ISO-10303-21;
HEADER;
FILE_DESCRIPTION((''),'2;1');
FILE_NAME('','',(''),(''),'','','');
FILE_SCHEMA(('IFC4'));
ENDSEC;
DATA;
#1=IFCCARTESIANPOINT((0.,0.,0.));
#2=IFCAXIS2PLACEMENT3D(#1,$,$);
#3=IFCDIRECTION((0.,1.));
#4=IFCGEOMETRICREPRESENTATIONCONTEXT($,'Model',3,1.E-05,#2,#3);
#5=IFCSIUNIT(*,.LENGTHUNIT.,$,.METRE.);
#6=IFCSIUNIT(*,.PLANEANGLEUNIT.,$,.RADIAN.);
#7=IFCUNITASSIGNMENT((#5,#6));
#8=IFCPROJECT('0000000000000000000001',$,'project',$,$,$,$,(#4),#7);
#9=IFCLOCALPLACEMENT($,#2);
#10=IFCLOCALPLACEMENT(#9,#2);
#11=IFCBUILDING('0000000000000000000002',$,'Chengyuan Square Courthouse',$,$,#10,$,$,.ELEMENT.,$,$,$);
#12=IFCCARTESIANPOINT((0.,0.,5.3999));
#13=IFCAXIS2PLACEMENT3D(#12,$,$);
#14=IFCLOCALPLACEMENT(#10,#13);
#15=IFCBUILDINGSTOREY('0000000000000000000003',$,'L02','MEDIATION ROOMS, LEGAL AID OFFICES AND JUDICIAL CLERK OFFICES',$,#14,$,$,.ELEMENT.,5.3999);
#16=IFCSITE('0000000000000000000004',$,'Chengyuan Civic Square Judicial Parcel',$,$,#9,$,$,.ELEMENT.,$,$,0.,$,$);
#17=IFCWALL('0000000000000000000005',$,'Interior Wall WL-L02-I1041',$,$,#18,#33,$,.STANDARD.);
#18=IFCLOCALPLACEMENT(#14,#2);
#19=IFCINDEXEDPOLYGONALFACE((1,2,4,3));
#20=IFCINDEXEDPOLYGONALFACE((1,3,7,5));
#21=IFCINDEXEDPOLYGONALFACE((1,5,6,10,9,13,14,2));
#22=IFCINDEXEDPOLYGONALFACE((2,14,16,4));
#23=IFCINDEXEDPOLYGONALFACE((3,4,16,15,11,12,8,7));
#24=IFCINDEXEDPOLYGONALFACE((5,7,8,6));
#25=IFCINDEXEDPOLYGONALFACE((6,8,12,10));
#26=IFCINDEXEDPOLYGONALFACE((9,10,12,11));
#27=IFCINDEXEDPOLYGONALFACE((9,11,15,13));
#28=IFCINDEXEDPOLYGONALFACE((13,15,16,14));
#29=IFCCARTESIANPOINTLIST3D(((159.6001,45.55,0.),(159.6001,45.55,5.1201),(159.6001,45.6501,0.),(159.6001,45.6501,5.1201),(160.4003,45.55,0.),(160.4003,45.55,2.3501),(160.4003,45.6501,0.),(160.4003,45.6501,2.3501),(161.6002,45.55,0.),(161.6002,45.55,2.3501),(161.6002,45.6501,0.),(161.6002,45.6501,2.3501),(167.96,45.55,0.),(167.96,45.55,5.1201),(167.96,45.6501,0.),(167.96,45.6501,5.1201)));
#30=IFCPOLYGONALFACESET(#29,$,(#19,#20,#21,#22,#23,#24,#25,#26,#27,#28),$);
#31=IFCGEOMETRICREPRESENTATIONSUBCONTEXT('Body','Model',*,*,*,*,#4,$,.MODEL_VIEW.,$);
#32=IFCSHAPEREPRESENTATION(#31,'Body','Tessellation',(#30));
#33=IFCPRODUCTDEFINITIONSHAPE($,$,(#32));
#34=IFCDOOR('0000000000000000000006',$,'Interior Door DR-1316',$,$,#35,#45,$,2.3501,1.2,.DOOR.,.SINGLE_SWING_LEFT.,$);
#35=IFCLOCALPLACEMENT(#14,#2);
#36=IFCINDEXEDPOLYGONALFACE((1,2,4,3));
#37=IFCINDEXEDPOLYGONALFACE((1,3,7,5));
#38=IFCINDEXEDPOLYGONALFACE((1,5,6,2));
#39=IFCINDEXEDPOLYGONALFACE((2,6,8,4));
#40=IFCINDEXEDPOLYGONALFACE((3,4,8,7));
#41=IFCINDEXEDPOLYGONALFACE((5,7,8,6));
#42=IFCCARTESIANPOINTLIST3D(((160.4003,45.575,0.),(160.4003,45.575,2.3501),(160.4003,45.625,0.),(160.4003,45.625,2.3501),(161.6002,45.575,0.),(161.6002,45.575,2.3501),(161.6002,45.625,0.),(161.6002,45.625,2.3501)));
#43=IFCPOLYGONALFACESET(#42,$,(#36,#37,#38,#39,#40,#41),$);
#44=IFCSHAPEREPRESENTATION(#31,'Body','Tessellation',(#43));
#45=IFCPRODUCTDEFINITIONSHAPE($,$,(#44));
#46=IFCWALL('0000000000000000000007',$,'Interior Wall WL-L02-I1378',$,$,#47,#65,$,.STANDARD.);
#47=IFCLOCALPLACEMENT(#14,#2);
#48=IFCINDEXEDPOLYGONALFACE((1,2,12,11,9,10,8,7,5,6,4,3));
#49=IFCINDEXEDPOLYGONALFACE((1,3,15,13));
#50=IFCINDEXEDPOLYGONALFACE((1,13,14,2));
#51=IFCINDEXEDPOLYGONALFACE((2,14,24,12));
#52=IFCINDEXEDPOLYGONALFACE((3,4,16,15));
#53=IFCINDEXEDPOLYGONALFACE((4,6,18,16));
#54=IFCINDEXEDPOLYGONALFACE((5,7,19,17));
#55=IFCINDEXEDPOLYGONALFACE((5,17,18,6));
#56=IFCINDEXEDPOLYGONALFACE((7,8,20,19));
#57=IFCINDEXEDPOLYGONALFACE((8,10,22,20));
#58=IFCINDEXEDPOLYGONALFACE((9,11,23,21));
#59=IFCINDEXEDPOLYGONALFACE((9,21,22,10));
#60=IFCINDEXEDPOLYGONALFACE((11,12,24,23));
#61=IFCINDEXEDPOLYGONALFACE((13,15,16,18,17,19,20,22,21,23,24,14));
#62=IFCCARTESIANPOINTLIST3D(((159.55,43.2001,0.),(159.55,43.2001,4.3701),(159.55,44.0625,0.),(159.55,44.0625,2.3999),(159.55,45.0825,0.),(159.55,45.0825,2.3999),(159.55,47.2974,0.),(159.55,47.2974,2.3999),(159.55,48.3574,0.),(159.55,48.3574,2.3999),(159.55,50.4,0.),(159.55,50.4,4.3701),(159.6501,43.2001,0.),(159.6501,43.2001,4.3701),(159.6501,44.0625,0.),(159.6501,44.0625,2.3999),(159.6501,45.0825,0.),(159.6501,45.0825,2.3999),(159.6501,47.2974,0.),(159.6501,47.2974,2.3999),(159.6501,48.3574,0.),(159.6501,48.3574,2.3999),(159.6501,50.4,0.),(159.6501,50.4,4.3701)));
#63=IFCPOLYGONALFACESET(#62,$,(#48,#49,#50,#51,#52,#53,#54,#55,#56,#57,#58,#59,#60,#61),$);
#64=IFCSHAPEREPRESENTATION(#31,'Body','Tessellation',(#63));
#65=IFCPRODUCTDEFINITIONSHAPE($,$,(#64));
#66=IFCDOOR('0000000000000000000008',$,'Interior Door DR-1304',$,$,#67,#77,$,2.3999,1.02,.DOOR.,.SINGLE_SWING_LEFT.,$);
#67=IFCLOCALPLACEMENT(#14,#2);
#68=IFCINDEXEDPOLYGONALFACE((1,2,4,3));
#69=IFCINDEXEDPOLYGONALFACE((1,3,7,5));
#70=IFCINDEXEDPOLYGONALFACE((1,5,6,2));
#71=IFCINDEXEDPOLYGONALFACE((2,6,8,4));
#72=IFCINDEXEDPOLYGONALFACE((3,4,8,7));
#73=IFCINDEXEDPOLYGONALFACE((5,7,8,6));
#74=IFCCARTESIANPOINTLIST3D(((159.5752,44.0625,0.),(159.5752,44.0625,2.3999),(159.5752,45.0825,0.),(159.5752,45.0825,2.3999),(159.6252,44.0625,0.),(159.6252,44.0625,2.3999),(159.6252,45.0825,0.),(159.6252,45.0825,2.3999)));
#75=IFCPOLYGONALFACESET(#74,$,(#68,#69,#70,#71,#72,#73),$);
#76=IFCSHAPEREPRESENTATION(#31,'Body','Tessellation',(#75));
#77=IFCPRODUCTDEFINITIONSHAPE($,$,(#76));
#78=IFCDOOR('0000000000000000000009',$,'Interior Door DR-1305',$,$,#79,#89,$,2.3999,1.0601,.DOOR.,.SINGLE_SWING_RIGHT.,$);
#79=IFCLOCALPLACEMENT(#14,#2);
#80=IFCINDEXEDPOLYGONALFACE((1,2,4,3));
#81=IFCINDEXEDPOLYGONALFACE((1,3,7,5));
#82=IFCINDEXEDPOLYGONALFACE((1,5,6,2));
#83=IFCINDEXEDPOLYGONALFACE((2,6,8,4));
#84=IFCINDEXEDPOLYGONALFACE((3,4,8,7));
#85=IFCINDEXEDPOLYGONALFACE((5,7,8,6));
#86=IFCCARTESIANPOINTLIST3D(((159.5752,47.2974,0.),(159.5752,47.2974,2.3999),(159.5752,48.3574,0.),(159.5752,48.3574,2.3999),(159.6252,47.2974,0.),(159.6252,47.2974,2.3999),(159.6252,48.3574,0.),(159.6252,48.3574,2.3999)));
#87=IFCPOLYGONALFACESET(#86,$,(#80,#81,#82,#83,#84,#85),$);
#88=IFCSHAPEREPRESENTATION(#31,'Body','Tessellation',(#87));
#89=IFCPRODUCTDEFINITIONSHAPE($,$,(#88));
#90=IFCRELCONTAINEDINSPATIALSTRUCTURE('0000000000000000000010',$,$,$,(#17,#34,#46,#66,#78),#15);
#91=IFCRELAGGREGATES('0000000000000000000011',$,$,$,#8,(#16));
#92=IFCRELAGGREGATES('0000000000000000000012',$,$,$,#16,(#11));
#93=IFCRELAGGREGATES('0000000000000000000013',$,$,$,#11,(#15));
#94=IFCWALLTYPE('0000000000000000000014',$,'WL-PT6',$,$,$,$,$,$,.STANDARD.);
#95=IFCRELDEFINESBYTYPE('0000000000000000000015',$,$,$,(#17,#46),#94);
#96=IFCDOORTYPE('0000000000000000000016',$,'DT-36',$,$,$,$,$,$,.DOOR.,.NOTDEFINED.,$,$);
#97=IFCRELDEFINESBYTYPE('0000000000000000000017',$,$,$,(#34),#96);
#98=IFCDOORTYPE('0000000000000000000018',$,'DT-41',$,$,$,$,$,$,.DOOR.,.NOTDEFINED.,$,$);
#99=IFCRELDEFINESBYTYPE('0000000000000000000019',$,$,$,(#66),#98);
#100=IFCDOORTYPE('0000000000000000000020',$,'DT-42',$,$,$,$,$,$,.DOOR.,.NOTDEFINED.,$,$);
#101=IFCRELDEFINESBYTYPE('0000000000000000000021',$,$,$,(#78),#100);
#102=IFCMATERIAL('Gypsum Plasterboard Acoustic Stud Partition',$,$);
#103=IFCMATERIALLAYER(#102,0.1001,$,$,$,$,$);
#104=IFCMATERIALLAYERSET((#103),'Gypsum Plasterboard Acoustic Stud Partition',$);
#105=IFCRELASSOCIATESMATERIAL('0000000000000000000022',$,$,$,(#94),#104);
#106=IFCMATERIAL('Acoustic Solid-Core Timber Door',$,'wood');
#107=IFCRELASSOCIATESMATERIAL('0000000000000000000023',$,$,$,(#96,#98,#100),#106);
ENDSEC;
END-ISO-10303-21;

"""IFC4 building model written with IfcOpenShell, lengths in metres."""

from ifc_helpers import new_model, si_unit, direction, frame, frame_2d, origin, place, context, subcontext, project, spatial, rectangle, extrude, material, layer, layer_set, type_object, element, fill, save


model = new_model("IFC4")

# Units and contexts
model_context = context("Model", 3, precision=1e-05, world=origin(), true_north=direction((0.0, 1.0)))
body_context = subcontext(model_context, "Body", "Model", "MODEL_VIEW")
ifc_project = project(units=[si_unit("LENGTHUNIT", "METRE"), si_unit("PLANEANGLEUNIT", "RADIAN")], contexts=[model_context])

# Site, building, storey
site_placement = place(None, origin())
site = spatial("IfcSite", under=ifc_project, at=site_placement, Name="Chengyuan Civic Square Judicial Parcel", CompositionType="ELEMENT", RefElevation=0.0)
building_placement = place(site_placement, origin())
building = spatial("IfcBuilding", under=site, at=building_placement, Name="Chengyuan Square Courthouse", CompositionType="ELEMENT")
storey_placement = place(building_placement, frame((0.0, 0.0, 5.3999)))
storey = spatial("IfcBuildingStorey", under=building, at=storey_placement, Name="L02", Description="MEDIATION ROOMS, LEGAL AID OFFICES AND JUDICIAL CLERK OFFICES", CompositionType="ELEMENT", Elevation=5.3999)

# Shared definitions
ifc_material_1 = material(Name="Acoustic Solid-Core Timber Door", Category="wood")

# Wall, opening, door
ifc_material_2 = material(Name="Gypsum Plasterboard Acoustic Stud Partition")
ifc_layer_1 = layer(ifc_material_2, 0.1001)
ifc_layer_set_1 = layer_set([ifc_layer_1], Name="Gypsum Plasterboard Acoustic Stud Partition")
wall_type_1 = type_object("IfcWallType", Name="WL-PT6", PredefinedType="STANDARD", material=ifc_layer_set_1)
wall_1_placement = place(storey_placement, frame((159.6001, 45.6001, 0.0), z_axis=(0.0, 0.0, 1.0), x_axis=(1.0, 0.0, 0.0)))
wall_1 = element("IfcWall", 1, at=wall_1_placement, inside=storey, type_object=wall_type_1, Name="Interior Wall WL-L02-I1041", PredefinedType="STANDARD", context=body_context, shape_type="SweptSolid", body=[
    extrude(rectangle(XDim=8.3599, YDim=0.1001, at=frame_2d((4.1799, 0.0))), origin(), (0.0, 0.0, 1.0), 5.1201),
])
opening_1_placement = place(wall_1_placement, frame((0.8, 0.0, 0.0)))
opening_1 = element("IfcOpeningElement", 2, at=opening_1_placement, cuts=wall_1, PredefinedType="OPENING", context=body_context, shape_type="SweptSolid", body=[
    extrude(rectangle(XDim=1.2, YDim=2.3501, at=frame_2d((0.6001, 1.175))), frame((0.0, 0.062, 0.0), z_axis=(0.0, -1.0, 0.0), x_axis=(1.0, 0.0, 0.0)), (0.0, 0.0, 1.0), 0.124),
])
door_type_1 = type_object("IfcDoorType", Name="DT-36", OperationType="NOTDEFINED", PredefinedType="DOOR", material=ifc_material_1)
door_1_placement = place(opening_1_placement, origin())
door_1 = element("IfcDoor", 3, at=door_1_placement, inside=storey, type_object=door_type_1, Name="Interior Door DR-1316", OperationType="SINGLE_SWING_LEFT", OverallHeight=2.3501, OverallWidth=1.2, PredefinedType="DOOR", context=body_context, shape_type="SweptSolid", body=[
    extrude(rectangle(XDim=1.2, YDim=2.3501, at=frame_2d((0.6001, 1.175))), frame((0.0, 0.0249, 0.0), z_axis=(0.0, -1.0, 0.0), x_axis=(1.0, 0.0, 0.0)), (0.0, 0.0, 1.0), 0.05),
])
fill(opening_1, door_1)

# Wall, openings, doors
wall_2_placement = place(storey_placement, frame((159.6001, 43.2, 0.0), z_axis=(0.0, 0.0, 1.0), x_axis=(0.0, 1.0, 0.0)))
wall_2 = element("IfcWall", 4, at=wall_2_placement, inside=storey, type_object=wall_type_1, Name="Interior Wall WL-L02-I1378", PredefinedType="STANDARD", context=body_context, shape_type="SweptSolid", body=[
    extrude(rectangle(XDim=7.2, YDim=0.1001, at=frame_2d((3.6001, 0.0))), origin(), (0.0, 0.0, 1.0), 4.3701),
])
opening_2_placement = place(wall_2_placement, frame((0.8625, 0.0, 0.0)))
opening_2 = element("IfcOpeningElement", 5, at=opening_2_placement, cuts=wall_2, PredefinedType="OPENING", context=body_context, shape_type="SweptSolid", body=[
    extrude(rectangle(XDim=1.02, YDim=2.3999, at=frame_2d((0.51, 1.2))), frame((0.0, 0.062, 0.0), z_axis=(0.0, -1.0, 0.0), x_axis=(1.0, 0.0, 0.0)), (0.0, 0.0, 1.0), 0.124),
])
opening_3_placement = place(wall_2_placement, frame((4.0974, 0.0, 0.0)))
opening_3 = element("IfcOpeningElement", 6, at=opening_3_placement, cuts=wall_2, PredefinedType="OPENING", context=body_context, shape_type="SweptSolid", body=[
    extrude(rectangle(XDim=1.0601, YDim=2.3999, at=frame_2d((0.53, 1.2))), frame((0.0, 0.062, 0.0), z_axis=(0.0, -1.0, 0.0), x_axis=(1.0, 0.0, 0.0)), (0.0, 0.0, 1.0), 0.124),
])
door_type_2 = type_object("IfcDoorType", Name="DT-41", OperationType="NOTDEFINED", PredefinedType="DOOR", material=ifc_material_1)
door_2_placement = place(opening_2_placement, origin())
door_2 = element("IfcDoor", 7, at=door_2_placement, inside=storey, type_object=door_type_2, Name="Interior Door DR-1304", OperationType="SINGLE_SWING_LEFT", OverallHeight=2.3999, OverallWidth=1.02, PredefinedType="DOOR", context=body_context, shape_type="SweptSolid", body=[
    extrude(rectangle(XDim=1.02, YDim=2.3999, at=frame_2d((0.51, 1.2))), frame((0.0, 0.0249, 0.0), z_axis=(0.0, -1.0, 0.0), x_axis=(1.0, 0.0, 0.0)), (0.0, 0.0, 1.0), 0.05),
])
fill(opening_2, door_2)
door_type_3 = type_object("IfcDoorType", Name="DT-42", OperationType="NOTDEFINED", PredefinedType="DOOR", material=ifc_material_1)
door_3_placement = place(opening_3_placement, origin())
door_3 = element("IfcDoor", 8, at=door_3_placement, inside=storey, type_object=door_type_3, Name="Interior Door DR-1305", OperationType="SINGLE_SWING_RIGHT", OverallHeight=2.3999, OverallWidth=1.0601, PredefinedType="DOOR", context=body_context, shape_type="SweptSolid", body=[
    extrude(rectangle(XDim=1.0601, YDim=2.3999, at=frame_2d((0.53, 1.2))), frame((0.0, 0.0249, 0.0), z_axis=(0.0, -1.0, 0.0), x_axis=(1.0, 0.0, 0.0)), (0.0, 0.0, 1.0), 0.05),
])
fill(opening_3, door_3)

save(model, "model.ifc")
